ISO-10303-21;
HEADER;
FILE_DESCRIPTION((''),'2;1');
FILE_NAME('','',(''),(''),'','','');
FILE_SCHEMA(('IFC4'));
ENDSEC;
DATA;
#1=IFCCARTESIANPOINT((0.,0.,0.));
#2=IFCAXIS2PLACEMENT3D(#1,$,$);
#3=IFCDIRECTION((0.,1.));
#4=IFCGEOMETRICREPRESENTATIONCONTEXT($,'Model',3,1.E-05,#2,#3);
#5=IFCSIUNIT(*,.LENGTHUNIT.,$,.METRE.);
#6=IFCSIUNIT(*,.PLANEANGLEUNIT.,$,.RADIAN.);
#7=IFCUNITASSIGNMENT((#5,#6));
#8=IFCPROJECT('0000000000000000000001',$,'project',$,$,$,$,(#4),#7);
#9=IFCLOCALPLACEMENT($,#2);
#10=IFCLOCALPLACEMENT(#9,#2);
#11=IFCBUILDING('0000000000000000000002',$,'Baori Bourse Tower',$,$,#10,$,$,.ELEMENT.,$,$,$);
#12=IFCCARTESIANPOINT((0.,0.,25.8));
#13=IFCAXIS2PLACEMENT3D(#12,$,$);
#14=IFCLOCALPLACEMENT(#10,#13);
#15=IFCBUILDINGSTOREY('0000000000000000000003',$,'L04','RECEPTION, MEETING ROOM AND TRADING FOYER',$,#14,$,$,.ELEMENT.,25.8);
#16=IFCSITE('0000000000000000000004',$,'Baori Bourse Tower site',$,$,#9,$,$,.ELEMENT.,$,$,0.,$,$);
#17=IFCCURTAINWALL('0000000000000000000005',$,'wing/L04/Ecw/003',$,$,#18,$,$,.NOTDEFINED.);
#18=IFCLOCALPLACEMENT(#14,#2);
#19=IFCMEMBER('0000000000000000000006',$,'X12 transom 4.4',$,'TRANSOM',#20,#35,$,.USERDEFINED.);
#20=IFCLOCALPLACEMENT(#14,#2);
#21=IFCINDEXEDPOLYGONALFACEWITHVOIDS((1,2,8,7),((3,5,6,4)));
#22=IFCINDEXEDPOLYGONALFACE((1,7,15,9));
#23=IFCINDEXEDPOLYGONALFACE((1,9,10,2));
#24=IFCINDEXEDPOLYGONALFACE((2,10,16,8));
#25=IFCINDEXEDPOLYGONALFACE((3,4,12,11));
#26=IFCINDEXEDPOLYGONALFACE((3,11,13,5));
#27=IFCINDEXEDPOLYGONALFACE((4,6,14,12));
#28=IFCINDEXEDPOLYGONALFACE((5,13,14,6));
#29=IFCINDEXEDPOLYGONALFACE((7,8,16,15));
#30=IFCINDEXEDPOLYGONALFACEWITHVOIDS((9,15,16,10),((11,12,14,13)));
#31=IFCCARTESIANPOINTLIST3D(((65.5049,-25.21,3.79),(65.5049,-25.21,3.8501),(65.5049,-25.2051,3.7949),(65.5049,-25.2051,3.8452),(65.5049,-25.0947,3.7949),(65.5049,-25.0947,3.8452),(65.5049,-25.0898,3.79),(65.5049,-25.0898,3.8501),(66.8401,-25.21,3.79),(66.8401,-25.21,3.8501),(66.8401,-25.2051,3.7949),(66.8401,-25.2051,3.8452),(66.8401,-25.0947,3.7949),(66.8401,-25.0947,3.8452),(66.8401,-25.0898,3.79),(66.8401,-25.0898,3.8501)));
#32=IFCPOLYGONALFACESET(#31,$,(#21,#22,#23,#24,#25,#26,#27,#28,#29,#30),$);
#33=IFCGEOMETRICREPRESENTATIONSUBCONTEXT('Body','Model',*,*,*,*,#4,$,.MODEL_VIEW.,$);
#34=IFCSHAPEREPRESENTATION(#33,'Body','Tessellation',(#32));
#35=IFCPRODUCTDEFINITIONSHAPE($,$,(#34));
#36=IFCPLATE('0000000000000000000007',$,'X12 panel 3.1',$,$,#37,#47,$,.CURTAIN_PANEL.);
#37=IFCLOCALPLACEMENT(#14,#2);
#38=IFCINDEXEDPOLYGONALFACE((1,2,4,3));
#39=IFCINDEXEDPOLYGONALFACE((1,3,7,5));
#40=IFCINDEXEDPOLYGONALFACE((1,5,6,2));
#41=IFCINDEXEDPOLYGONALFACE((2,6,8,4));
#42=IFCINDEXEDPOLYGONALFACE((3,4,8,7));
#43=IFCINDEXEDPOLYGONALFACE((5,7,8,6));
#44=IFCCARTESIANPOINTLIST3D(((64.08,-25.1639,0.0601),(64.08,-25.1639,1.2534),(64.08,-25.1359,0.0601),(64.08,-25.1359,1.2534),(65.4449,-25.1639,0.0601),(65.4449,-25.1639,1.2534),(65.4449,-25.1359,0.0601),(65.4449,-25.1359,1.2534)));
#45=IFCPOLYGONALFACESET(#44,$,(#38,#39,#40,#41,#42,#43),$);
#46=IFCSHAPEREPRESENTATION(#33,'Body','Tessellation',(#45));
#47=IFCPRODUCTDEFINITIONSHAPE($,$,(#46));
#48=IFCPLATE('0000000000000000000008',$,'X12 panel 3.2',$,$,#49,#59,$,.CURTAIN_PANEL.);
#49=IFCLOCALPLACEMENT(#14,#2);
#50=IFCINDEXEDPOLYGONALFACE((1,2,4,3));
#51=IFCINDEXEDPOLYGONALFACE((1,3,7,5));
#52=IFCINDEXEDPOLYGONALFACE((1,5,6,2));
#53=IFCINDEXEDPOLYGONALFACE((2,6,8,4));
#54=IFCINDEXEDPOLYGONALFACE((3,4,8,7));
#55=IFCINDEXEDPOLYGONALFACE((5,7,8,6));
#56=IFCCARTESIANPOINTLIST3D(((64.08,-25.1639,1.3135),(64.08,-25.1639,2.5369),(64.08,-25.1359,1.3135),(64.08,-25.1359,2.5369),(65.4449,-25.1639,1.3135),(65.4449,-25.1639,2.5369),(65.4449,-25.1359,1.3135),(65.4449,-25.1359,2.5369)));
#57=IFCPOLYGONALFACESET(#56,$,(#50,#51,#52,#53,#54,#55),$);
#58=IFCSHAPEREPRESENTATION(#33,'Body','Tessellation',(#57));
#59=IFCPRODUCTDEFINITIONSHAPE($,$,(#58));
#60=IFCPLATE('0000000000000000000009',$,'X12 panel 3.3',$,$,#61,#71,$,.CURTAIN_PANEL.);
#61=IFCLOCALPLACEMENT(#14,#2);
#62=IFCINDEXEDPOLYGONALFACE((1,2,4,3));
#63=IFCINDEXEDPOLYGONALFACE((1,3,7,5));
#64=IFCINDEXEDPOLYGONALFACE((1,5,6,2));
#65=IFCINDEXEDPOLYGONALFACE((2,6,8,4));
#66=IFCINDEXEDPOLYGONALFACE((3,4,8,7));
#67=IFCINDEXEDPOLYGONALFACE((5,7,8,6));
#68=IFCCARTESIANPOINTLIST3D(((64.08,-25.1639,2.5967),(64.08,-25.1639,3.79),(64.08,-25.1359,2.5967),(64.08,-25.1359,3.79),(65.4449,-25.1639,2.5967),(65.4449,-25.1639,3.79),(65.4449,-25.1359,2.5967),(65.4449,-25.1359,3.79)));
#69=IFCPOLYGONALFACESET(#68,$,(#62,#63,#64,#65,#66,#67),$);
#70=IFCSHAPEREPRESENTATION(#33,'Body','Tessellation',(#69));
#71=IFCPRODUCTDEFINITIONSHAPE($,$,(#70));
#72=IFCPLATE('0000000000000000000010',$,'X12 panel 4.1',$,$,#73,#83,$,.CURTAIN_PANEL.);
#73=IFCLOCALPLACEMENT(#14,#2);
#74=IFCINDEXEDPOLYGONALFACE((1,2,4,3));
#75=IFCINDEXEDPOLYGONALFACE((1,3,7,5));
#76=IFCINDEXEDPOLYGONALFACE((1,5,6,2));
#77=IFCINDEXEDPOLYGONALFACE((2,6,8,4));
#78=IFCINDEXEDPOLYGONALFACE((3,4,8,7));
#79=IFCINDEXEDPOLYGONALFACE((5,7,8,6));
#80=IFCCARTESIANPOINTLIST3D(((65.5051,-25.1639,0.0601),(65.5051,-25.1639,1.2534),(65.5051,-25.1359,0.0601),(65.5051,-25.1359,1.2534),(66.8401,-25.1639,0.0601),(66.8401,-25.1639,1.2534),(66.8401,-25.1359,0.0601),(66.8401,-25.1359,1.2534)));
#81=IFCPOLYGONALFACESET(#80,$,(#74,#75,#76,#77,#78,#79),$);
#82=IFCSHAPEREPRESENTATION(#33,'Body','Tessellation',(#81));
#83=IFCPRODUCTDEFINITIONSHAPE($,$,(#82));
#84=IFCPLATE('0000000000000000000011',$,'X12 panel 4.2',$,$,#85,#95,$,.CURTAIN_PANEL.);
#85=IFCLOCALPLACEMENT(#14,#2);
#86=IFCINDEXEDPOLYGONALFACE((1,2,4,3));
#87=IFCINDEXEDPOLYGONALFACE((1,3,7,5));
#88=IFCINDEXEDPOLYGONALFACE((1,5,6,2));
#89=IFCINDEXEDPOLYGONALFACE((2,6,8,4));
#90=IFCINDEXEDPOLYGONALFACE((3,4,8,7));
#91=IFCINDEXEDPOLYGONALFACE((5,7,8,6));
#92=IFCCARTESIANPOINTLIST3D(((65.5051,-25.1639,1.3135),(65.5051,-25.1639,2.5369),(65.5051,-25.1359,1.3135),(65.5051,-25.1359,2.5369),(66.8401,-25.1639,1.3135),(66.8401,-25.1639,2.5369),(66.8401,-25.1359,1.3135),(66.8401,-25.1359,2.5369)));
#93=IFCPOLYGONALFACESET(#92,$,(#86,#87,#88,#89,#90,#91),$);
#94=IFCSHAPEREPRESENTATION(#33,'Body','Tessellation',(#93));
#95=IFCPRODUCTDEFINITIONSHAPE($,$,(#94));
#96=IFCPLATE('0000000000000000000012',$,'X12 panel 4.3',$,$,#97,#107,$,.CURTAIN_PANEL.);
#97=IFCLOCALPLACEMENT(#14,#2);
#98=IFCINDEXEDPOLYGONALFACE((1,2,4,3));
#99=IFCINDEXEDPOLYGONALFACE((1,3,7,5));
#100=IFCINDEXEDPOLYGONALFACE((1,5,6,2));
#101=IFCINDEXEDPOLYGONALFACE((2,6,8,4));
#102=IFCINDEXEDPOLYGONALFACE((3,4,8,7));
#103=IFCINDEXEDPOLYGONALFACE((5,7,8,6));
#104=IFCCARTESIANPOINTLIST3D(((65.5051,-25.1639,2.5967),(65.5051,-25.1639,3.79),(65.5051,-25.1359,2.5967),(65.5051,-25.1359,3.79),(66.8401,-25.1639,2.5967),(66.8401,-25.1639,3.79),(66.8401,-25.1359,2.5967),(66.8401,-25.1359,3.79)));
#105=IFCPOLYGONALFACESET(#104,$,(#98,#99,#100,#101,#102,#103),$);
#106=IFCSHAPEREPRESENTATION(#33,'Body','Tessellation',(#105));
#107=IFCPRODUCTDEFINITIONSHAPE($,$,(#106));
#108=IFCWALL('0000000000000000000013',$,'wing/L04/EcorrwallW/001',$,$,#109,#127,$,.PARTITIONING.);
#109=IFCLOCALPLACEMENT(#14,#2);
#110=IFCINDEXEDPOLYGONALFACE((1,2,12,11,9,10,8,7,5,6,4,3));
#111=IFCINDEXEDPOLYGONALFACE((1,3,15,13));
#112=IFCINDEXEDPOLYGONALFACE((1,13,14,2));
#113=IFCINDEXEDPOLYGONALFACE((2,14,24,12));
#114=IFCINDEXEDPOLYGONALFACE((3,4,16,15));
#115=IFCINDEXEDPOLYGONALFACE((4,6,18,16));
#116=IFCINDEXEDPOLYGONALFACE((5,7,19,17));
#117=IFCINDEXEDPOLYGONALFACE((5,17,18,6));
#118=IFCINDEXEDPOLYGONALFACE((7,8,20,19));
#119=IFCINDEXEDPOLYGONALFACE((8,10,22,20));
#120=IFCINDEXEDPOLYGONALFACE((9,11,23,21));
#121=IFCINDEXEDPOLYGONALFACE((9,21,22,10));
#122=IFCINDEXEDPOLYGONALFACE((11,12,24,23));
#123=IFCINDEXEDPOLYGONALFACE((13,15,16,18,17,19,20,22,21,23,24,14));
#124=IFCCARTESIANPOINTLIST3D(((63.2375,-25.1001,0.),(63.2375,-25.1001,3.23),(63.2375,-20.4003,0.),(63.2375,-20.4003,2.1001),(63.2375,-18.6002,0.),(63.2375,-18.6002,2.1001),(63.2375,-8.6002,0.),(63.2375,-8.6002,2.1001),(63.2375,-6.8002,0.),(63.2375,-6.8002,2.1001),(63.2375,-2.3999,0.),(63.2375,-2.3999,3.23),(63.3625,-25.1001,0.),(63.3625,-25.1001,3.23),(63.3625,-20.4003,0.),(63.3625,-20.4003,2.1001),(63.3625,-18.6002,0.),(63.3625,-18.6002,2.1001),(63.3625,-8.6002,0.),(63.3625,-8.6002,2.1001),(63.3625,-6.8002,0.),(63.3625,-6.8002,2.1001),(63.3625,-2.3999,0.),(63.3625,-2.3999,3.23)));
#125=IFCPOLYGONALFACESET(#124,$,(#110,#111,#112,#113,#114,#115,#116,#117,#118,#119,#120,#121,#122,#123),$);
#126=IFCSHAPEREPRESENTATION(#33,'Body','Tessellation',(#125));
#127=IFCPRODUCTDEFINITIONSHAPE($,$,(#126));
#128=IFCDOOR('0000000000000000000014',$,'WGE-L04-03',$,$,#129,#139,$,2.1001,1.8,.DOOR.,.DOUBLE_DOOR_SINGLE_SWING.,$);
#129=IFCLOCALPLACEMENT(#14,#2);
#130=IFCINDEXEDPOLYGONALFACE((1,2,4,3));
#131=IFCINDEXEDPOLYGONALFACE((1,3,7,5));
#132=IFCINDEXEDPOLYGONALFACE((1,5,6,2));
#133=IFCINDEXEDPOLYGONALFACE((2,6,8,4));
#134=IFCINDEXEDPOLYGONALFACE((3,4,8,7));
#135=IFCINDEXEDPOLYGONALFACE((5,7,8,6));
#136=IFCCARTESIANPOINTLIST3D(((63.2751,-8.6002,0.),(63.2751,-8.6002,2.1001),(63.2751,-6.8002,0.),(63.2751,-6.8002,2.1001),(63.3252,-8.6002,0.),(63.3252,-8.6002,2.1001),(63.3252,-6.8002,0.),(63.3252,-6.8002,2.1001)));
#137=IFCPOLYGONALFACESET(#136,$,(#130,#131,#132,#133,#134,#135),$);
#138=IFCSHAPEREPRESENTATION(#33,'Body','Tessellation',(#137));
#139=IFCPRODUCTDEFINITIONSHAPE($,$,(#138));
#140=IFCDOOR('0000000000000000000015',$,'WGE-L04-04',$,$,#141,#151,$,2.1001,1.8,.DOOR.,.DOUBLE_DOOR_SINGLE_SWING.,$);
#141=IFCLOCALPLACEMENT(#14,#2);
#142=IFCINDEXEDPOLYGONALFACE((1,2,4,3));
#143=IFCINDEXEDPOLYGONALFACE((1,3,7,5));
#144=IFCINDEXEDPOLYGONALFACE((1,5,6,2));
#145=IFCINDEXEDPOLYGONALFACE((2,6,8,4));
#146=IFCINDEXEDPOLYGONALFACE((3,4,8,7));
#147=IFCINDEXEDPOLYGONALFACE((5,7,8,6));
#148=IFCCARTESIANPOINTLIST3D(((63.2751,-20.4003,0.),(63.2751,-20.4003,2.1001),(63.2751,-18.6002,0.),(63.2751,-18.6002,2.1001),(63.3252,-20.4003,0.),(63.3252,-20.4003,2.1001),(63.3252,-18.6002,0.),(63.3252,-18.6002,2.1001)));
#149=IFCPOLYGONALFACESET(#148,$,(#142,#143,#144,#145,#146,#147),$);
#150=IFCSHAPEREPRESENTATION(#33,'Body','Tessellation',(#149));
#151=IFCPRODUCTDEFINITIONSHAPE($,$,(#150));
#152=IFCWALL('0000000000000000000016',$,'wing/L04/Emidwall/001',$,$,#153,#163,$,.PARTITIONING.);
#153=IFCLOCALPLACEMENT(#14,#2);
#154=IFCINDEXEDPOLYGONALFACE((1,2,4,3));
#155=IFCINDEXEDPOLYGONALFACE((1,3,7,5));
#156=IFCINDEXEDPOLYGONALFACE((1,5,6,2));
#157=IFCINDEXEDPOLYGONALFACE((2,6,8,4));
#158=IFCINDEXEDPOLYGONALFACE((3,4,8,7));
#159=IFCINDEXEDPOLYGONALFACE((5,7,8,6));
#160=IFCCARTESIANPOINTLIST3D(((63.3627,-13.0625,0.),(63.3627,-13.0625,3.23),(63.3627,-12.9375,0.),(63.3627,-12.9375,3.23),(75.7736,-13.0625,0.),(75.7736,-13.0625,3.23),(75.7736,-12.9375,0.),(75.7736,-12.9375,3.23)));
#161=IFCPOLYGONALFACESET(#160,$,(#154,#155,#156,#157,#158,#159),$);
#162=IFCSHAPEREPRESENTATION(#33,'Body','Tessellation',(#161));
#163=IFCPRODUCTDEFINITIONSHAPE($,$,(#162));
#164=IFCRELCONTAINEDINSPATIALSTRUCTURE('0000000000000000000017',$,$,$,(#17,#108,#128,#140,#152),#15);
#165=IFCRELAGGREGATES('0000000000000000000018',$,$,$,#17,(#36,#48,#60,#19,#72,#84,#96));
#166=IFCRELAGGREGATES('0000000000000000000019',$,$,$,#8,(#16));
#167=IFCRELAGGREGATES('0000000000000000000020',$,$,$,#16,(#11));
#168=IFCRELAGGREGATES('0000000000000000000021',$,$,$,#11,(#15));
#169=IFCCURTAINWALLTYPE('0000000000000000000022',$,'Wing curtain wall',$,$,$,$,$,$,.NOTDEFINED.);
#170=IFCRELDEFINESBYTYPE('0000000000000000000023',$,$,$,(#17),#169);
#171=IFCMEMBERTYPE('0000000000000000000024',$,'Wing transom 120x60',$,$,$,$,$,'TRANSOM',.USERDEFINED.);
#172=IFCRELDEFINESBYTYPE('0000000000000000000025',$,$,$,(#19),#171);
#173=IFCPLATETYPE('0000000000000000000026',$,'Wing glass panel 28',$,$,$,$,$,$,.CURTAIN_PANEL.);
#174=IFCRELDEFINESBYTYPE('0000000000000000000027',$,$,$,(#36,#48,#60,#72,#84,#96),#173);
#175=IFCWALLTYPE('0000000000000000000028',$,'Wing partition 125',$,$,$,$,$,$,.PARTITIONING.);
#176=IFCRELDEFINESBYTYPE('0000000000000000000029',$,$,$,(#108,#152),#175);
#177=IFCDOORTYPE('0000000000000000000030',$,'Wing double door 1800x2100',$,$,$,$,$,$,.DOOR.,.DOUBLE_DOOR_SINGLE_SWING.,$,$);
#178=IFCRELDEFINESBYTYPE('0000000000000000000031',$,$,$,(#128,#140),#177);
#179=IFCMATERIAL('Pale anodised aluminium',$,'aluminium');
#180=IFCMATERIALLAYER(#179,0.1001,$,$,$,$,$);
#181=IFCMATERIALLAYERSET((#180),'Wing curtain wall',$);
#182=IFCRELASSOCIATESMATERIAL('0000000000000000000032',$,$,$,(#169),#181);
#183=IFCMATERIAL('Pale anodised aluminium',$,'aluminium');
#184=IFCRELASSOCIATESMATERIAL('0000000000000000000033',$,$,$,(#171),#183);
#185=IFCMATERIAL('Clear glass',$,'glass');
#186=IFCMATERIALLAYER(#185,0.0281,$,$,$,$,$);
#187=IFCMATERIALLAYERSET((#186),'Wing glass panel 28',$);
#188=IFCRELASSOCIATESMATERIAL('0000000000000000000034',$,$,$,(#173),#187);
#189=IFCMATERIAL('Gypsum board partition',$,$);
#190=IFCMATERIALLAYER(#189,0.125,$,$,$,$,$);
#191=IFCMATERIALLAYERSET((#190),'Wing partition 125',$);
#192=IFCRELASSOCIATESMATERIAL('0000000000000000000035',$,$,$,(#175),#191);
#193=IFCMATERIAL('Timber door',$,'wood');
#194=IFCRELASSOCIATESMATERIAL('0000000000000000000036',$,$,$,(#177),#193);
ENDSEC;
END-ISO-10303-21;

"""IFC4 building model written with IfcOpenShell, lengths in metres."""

from ifc_helpers import new_model, si_unit, direction, frame, frame_2d, origin, origin_2d, place, context, subcontext, project, spatial, rectangle, hollow_rectangle, extrude, material, layer, layer_set, material_profile, profile_set, type_object, element, fill, aggregate, save


model = new_model("IFC4")

# Units and contexts
model_context = context("Model", 3, precision=1e-05, world=origin(), true_north=direction((0.0, 1.0)))
body_context = subcontext(model_context, "Body", "Model", "MODEL_VIEW")
ifc_project = project(units=[si_unit("LENGTHUNIT", "METRE"), si_unit("PLANEANGLEUNIT", "RADIAN")], contexts=[model_context])

# Site, building, storey
site_placement = place(None, origin())
site = spatial("IfcSite", under=ifc_project, at=site_placement, Name="Baori Bourse Tower site", CompositionType="ELEMENT", RefElevation=0.0)
building_placement = place(site_placement, origin())
building = spatial("IfcBuilding", under=site, at=building_placement, Name="Baori Bourse Tower", CompositionType="ELEMENT")
storey_placement = place(building_placement, frame((0.0, 0.0, 25.8)))
storey = spatial("IfcBuildingStorey", under=building, at=storey_placement, Name="L04", Description="RECEPTION, MEETING ROOM AND TRADING FOYER", CompositionType="ELEMENT", Elevation=25.8)

# Curtain wall, member, plates
ifc_material_1 = material(Name="Pale anodised aluminium", Category="aluminium")
ifc_layer_1 = layer(ifc_material_1, 0.1001)
ifc_layer_set_1 = layer_set([ifc_layer_1], Name="Wing curtain wall")
curtain_wall_type = type_object("IfcCurtainWallType", Name="Wing curtain wall", PredefinedType="NOTDEFINED", material=ifc_layer_set_1)
curtain_wall_placement = place(storey_placement, origin())
curtain_wall = element("IfcCurtainWall", 1, at=curtain_wall_placement, inside=storey, type_object=curtain_wall_type, Name="wing/L04/Ecw/003", PredefinedType="NOTDEFINED")
ifc_material_2 = material(Name="Pale anodised aluminium", Category="aluminium")
ifc_material_profile_1 = material_profile(ifc_material_2, hollow_rectangle(XDim=0.1201, YDim=0.0601, WallThickness=0.0049, at=origin_2d()), Name="Transom 120x60x5")
ifc_profile_set_1 = profile_set([ifc_material_profile_1], Name="Pale anodised aluminium")
member_type_1 = type_object("IfcMemberType", Name="Wing transom 120x60", ElementType="TRANSOM", PredefinedType="USERDEFINED", material=ifc_profile_set_1)
member_1_placement = place(storey_placement, frame((65.5049, -25.1499, 3.8201), z_axis=(1.0, 0.0, 0.0), x_axis=(0.0, 1.0, 0.0)))
member_1 = element("IfcMember", 2, at=member_1_placement, type_object=member_type_1, Name="X12 transom 4.4", ObjectType="TRANSOM", PredefinedType="USERDEFINED", context=body_context, shape_type="SweptSolid", body=[
    extrude(hollow_rectangle(XDim=0.1201, YDim=0.0601, WallThickness=0.0049, at=origin_2d()), origin(), (0.0, 0.0, 1.0), 1.3352),
])
ifc_material_3 = material(Name="Clear glass", Category="glass")
ifc_layer_2 = layer(ifc_material_3, 0.0281)
ifc_layer_set_2 = layer_set([ifc_layer_2], Name="Wing glass panel 28")
plate_type = type_object("IfcPlateType", Name="Wing glass panel 28", PredefinedType="CURTAIN_PANEL", material=ifc_layer_set_2)
plate_1_placement = place(storey_placement, frame((64.7625, -25.1499, 0.0601), z_axis=(0.0, 0.0, 1.0), x_axis=(1.0, 0.0, 0.0)))
plate_1 = element("IfcPlate", 3, at=plate_1_placement, type_object=plate_type, Name="X12 panel 3.1", PredefinedType="CURTAIN_PANEL", context=body_context, shape_type="SweptSolid", body=[
    extrude(rectangle(XDim=1.365, YDim=0.0281, at=origin_2d()), origin(), (0.0, 0.0, 1.0), 1.1934),
])
plate_2_placement = place(storey_placement, frame((64.7625, -25.1499, 1.3135), z_axis=(0.0, 0.0, 1.0), x_axis=(1.0, 0.0, 0.0)))
plate_2 = element("IfcPlate", 4, at=plate_2_placement, type_object=plate_type, Name="X12 panel 3.2", PredefinedType="CURTAIN_PANEL", context=body_context, shape_type="SweptSolid", body=[
    extrude(rectangle(XDim=1.365, YDim=0.0281, at=origin_2d()), origin(), (0.0, 0.0, 1.0), 1.2234),
])
plate_3_placement = place(storey_placement, frame((64.7625, -25.1499, 2.5967), z_axis=(0.0, 0.0, 1.0), x_axis=(1.0, 0.0, 0.0)))
plate_3 = element("IfcPlate", 5, at=plate_3_placement, type_object=plate_type, Name="X12 panel 3.3", PredefinedType="CURTAIN_PANEL", context=body_context, shape_type="SweptSolid", body=[
    extrude(rectangle(XDim=1.365, YDim=0.0281, at=origin_2d()), origin(), (0.0, 0.0, 1.0), 1.1934),
])
plate_4_placement = place(storey_placement, frame((66.1726, -25.1499, 0.0601), z_axis=(0.0, 0.0, 1.0), x_axis=(1.0, 0.0, 0.0)))
plate_4 = element("IfcPlate", 6, at=plate_4_placement, type_object=plate_type, Name="X12 panel 4.1", PredefinedType="CURTAIN_PANEL", context=body_context, shape_type="SweptSolid", body=[
    extrude(rectangle(XDim=1.335, YDim=0.0281, at=origin_2d()), origin(), (0.0, 0.0, 1.0), 1.1934),
])
plate_5_placement = place(storey_placement, frame((66.1726, -25.1499, 1.3135), z_axis=(0.0, 0.0, 1.0), x_axis=(1.0, 0.0, 0.0)))
plate_5 = element("IfcPlate", 7, at=plate_5_placement, type_object=plate_type, Name="X12 panel 4.2", PredefinedType="CURTAIN_PANEL", context=body_context, shape_type="SweptSolid", body=[
    extrude(rectangle(XDim=1.335, YDim=0.0281, at=origin_2d()), origin(), (0.0, 0.0, 1.0), 1.2234),
])
plate_6_placement = place(storey_placement, frame((66.1726, -25.1499, 2.5967), z_axis=(0.0, 0.0, 1.0), x_axis=(1.0, 0.0, 0.0)))
plate_6 = element("IfcPlate", 8, at=plate_6_placement, type_object=plate_type, Name="X12 panel 4.3", PredefinedType="CURTAIN_PANEL", context=body_context, shape_type="SweptSolid", body=[
    extrude(rectangle(XDim=1.335, YDim=0.0281, at=origin_2d()), origin(), (0.0, 0.0, 1.0), 1.1934),
])
aggregate(curtain_wall, [plate_1, plate_2, plate_3, member_1, plate_4, plate_5, plate_6])

# Wall, openings, doors
ifc_material_4 = material(Name="Gypsum board partition")
ifc_layer_3 = layer(ifc_material_4, 0.125)
ifc_layer_set_3 = layer_set([ifc_layer_3], Name="Wing partition 125")
wall_type = type_object("IfcWallType", Name="Wing partition 125", PredefinedType="PARTITIONING", material=ifc_layer_set_3)
wall_1_placement = place(storey_placement, frame((63.3, -25.1001, 0.0), z_axis=(0.0, 0.0, 1.0), x_axis=(0.0, 1.0, 0.0)))
wall_1 = element("IfcWall", 9, at=wall_1_placement, inside=storey, type_object=wall_type, Name="wing/L04/EcorrwallW/001", PredefinedType="PARTITIONING", context=body_context, shape_type="SweptSolid", body=[
    extrude(rectangle(XDim=22.7002, YDim=0.125, at=frame_2d((11.3501, 0.0))), origin(), (0.0, 0.0, 1.0), 3.23),
])
opening_1_placement = place(wall_1_placement, frame((16.5, 0.0, 0.0)))
opening_1 = element("IfcOpeningElement", 10, at=opening_1_placement, cuts=wall_1, PredefinedType="OPENING", context=body_context, shape_type="SweptSolid", body=[
    extrude(rectangle(XDim=1.8, YDim=2.1001, at=frame_2d((0.8999, 1.05))), frame((0.0, 0.0725, 0.0), z_axis=(0.0, -1.0, 0.0), x_axis=(1.0, 0.0, 0.0)), (0.0, 0.0, 1.0), 0.145),
])
opening_2_placement = place(wall_1_placement, frame((4.7, 0.0, 0.0)))
opening_2 = element("IfcOpeningElement", 11, at=opening_2_placement, cuts=wall_1, PredefinedType="OPENING", context=body_context, shape_type="SweptSolid", body=[
    extrude(rectangle(XDim=1.8, YDim=2.1001, at=frame_2d((0.8999, 1.05))), frame((0.0, 0.0725, 0.0), z_axis=(0.0, -1.0, 0.0), x_axis=(1.0, 0.0, 0.0)), (0.0, 0.0, 1.0), 0.145),
])
ifc_material_5 = material(Name="Timber door", Category="wood")
door_type = type_object("IfcDoorType", Name="Wing double door 1800x2100", OperationType="DOUBLE_DOOR_SINGLE_SWING", PredefinedType="DOOR", material=ifc_material_5)
door_1_placement = place(opening_1_placement, origin())
door_1 = element("IfcDoor", 12, at=door_1_placement, inside=storey, type_object=door_type, Name="WGE-L04-03", OperationType="DOUBLE_DOOR_SINGLE_SWING", OverallHeight=2.1001, OverallWidth=1.8, PredefinedType="DOOR", context=body_context, shape_type="SweptSolid", body=[
    extrude(rectangle(XDim=1.8, YDim=2.1001, at=frame_2d((0.8999, 1.05))), frame((0.0, 0.0249, 0.0), z_axis=(0.0, -1.0, 0.0), x_axis=(1.0, 0.0, 0.0)), (0.0, 0.0, 1.0), 0.05),
])
fill(opening_1, door_1)
door_2_placement = place(opening_2_placement, origin())
door_2 = element("IfcDoor", 13, at=door_2_placement, inside=storey, type_object=door_type, Name="WGE-L04-04", OperationType="DOUBLE_DOOR_SINGLE_SWING", OverallHeight=2.1001, OverallWidth=1.8, PredefinedType="DOOR", context=body_context, shape_type="SweptSolid", body=[
    extrude(rectangle(XDim=1.8, YDim=2.1001, at=frame_2d((0.8999, 1.05))), frame((0.0, 0.0249, 0.0), z_axis=(0.0, -1.0, 0.0), x_axis=(1.0, 0.0, 0.0)), (0.0, 0.0, 1.0), 0.05),
])
fill(opening_2, door_2)

# Wall
wall_2_placement = place(storey_placement, frame((63.3625, -13.0, 0.0), z_axis=(0.0, 0.0, 1.0), x_axis=(1.0, 0.0, 0.0)))
element("IfcWall", 14, at=wall_2_placement, inside=storey, type_object=wall_type, Name="wing/L04/Emidwall/001", PredefinedType="PARTITIONING", context=body_context, shape_type="SweptSolid", body=[
    extrude(rectangle(XDim=12.4109, YDim=0.125, at=frame_2d((6.2056, 0.0))), origin(), (0.0, 0.0, 1.0), 3.23),
])

save(model, "model.ifc")
